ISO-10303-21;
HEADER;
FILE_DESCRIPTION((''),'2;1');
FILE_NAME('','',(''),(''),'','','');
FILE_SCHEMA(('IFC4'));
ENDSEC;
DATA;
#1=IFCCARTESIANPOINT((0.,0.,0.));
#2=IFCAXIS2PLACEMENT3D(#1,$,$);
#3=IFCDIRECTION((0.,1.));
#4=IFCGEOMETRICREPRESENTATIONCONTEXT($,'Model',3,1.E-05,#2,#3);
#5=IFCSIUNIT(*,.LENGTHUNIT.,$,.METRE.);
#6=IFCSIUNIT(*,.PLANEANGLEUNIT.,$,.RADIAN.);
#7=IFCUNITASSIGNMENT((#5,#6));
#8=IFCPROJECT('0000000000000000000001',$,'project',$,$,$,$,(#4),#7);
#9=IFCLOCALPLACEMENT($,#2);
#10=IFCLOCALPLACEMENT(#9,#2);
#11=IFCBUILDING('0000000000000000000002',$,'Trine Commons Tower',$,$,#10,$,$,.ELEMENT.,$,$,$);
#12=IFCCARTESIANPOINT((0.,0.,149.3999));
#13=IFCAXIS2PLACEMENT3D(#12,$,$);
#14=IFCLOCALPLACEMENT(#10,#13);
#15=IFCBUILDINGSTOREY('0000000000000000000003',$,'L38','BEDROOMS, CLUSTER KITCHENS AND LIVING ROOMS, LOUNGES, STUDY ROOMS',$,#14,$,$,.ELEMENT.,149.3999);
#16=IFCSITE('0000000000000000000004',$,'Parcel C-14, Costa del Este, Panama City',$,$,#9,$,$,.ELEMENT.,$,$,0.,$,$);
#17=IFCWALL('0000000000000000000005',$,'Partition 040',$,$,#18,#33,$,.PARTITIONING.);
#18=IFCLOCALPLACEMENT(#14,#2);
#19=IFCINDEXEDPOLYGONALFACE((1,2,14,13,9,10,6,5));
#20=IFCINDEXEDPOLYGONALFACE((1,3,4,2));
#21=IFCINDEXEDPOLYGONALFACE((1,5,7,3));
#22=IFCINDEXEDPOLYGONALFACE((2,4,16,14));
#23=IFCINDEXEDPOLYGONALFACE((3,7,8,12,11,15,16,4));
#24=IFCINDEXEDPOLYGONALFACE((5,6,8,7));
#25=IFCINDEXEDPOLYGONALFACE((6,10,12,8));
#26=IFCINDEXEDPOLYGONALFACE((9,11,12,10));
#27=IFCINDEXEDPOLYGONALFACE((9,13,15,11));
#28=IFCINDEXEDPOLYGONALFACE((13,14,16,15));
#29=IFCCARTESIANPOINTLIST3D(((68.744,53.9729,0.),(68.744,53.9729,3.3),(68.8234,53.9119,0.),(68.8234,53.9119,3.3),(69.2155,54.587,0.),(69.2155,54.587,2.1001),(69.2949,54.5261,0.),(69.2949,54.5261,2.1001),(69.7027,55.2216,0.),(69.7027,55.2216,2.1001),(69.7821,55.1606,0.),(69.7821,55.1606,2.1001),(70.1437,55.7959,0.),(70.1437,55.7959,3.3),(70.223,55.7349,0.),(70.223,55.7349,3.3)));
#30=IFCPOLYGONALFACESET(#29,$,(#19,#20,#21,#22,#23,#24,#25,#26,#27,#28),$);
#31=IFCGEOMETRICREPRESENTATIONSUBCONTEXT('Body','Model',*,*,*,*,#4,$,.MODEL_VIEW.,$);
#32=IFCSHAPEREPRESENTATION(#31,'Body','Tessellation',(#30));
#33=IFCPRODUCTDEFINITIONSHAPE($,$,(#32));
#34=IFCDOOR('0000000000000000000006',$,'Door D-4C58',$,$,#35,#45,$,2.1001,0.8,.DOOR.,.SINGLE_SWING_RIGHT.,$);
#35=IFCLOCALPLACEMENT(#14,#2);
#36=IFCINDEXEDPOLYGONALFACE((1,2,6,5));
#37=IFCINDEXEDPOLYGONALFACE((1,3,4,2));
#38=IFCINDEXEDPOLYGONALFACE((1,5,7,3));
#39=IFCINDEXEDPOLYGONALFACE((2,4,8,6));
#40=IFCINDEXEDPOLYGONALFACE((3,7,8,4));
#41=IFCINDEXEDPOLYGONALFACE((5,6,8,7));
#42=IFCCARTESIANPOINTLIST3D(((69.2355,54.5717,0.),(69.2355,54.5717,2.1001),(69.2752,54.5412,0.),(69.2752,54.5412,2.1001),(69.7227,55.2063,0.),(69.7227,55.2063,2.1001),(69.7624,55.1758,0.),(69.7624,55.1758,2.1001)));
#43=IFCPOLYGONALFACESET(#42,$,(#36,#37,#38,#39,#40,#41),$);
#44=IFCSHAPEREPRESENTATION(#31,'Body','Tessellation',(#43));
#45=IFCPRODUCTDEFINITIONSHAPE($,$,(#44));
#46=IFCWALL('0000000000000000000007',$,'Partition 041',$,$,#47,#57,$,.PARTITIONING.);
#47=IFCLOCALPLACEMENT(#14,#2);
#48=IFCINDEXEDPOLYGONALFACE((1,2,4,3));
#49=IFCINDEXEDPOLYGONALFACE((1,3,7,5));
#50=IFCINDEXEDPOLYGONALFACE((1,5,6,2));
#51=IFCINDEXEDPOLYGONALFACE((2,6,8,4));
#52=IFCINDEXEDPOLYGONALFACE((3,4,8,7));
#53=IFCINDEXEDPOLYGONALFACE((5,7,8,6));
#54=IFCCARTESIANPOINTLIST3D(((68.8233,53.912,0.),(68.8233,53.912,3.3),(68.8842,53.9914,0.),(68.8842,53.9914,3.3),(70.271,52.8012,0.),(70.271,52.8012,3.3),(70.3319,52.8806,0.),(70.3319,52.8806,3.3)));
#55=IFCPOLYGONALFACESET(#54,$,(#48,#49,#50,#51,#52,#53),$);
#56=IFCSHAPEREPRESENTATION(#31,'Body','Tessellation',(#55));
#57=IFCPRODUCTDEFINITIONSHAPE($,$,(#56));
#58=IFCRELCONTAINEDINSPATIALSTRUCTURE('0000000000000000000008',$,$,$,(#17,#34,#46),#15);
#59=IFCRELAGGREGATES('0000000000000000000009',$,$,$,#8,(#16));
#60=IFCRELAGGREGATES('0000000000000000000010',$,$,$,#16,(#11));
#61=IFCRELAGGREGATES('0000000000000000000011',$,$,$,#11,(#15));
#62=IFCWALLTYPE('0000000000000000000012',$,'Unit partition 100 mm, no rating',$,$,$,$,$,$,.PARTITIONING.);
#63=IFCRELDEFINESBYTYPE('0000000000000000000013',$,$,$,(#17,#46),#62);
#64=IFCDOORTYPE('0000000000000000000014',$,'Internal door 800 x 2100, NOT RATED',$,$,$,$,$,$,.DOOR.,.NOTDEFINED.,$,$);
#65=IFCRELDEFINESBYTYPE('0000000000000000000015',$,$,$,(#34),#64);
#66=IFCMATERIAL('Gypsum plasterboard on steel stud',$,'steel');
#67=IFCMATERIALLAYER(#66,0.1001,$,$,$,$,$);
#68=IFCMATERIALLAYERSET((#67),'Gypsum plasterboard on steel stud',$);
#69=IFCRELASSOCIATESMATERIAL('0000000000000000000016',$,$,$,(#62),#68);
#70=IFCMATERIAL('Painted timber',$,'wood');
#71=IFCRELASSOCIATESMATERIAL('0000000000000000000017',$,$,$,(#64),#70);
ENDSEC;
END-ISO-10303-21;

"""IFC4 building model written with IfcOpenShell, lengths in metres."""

from ifc_helpers import new_model, si_unit, direction, frame, frame_2d, origin, place, context, subcontext, project, spatial, rectangle, extrude, material, layer, layer_set, type_object, element, fill, save


model = new_model("IFC4")

# Units and contexts
model_context = context("Model", 3, precision=1e-05, world=origin(), true_north=direction((0.0, 1.0)))
body_context = subcontext(model_context, "Body", "Model", "MODEL_VIEW")
ifc_project = project(units=[si_unit("LENGTHUNIT", "METRE"), si_unit("PLANEANGLEUNIT", "RADIAN")], contexts=[model_context])

# Site, building, storey
site_placement = place(None, origin())
site = spatial("IfcSite", under=ifc_project, at=site_placement, Name="Parcel C-14, Costa del Este, Panama City", CompositionType="ELEMENT", RefElevation=0.0)
building_placement = place(site_placement, origin())
building = spatial("IfcBuilding", under=site, at=building_placement, Name="Trine Commons Tower", CompositionType="ELEMENT")
storey_placement = place(building_placement, frame((0.0, 0.0, 149.3999)))
storey = spatial("IfcBuildingStorey", under=building, at=storey_placement, Name="L38", Description="BEDROOMS, CLUSTER KITCHENS AND LIVING ROOMS, LOUNGES, STUDY ROOMS", CompositionType="ELEMENT", Elevation=149.3999)

# Shared definitions
ifc_material_1 = material(Name="Gypsum plasterboard on steel stud", Category="steel")

# Shared definitions
ifc_material_2 = material(Name="Painted timber", Category="wood")

# Shared definitions
ifc_layer_1 = layer(ifc_material_1, 0.1001)
ifc_layer_set_1 = layer_set([ifc_layer_1], Name="Gypsum plasterboard on steel stud")
wall_type_1 = type_object("IfcWallType", Name="Unit partition 100 mm, no rating", PredefinedType="PARTITIONING", material=ifc_layer_set_1)
door_type_1 = type_object("IfcDoorType", Name="Internal door 800 x 2100, NOT RATED", OperationType="NOTDEFINED", PredefinedType="DOOR", material=ifc_material_2)

# Wall, opening, door
wall_1_placement = place(storey_placement, frame((68.7837, 53.9424, 0.0), z_axis=(0.0, 0.0, 1.0), x_axis=(0.608987, 0.79318, 0.0)))
wall_1 = element("IfcWall", 1, at=wall_1_placement, inside=storey, type_object=wall_type_1, Name="Partition 040", PredefinedType="PARTITIONING", context=body_context, shape_type="SweptSolid", body=[
    extrude(rectangle(XDim=2.2983, YDim=0.1001, at=frame_2d((1.1492, 0.0))), origin(), (0.0, 0.0, 1.0), 3.3),
])
opening_1_placement = place(wall_1_placement, frame((0.7744, 0.0, 0.0)))
opening_1 = element("IfcOpeningElement", 2, at=opening_1_placement, cuts=wall_1, PredefinedType="OPENING", context=body_context, shape_type="SweptSolid", body=[
    extrude(rectangle(XDim=0.8, YDim=2.1001, at=frame_2d((0.3999, 1.05))), frame((0.0, 0.0601, 0.0), z_axis=(0.0, -1.0, 0.0), x_axis=(1.0, 0.0, 0.0)), (0.0, 0.0, 1.0), 0.1201),
])
door_1_placement = place(opening_1_placement, origin())
door_1 = element("IfcDoor", 3, at=door_1_placement, inside=storey, type_object=door_type_1, Name="Door D-4C58", OperationType="SINGLE_SWING_RIGHT", OverallHeight=2.1001, OverallWidth=0.8, PredefinedType="DOOR", context=body_context, shape_type="SweptSolid", body=[
    extrude(rectangle(XDim=0.8, YDim=2.1001, at=frame_2d((0.3999, 1.05))), frame((0.0, 0.0249, 0.0), z_axis=(0.0, -1.0, 0.0), x_axis=(1.0, 0.0, 0.0)), (0.0, 0.0, 1.0), 0.05),
])
fill(opening_1, door_1)

# Wall
wall_2_placement = place(storey_placement, frame((68.8538, 53.9517, 0.0), z_axis=(0.0, 0.0, 1.0), x_axis=(0.793369, -0.60874, 0.0)))
element("IfcWall", 4, at=wall_2_placement, inside=storey, type_object=wall_type_1, Name="Partition 041", PredefinedType="PARTITIONING", context=body_context, shape_type="SweptSolid", body=[
    extrude(rectangle(XDim=1.8247, YDim=0.1001, at=frame_2d((0.9124, 0.0))), origin(), (0.0, 0.0, 1.0), 3.3),
])

save(model, "model.ifc")
